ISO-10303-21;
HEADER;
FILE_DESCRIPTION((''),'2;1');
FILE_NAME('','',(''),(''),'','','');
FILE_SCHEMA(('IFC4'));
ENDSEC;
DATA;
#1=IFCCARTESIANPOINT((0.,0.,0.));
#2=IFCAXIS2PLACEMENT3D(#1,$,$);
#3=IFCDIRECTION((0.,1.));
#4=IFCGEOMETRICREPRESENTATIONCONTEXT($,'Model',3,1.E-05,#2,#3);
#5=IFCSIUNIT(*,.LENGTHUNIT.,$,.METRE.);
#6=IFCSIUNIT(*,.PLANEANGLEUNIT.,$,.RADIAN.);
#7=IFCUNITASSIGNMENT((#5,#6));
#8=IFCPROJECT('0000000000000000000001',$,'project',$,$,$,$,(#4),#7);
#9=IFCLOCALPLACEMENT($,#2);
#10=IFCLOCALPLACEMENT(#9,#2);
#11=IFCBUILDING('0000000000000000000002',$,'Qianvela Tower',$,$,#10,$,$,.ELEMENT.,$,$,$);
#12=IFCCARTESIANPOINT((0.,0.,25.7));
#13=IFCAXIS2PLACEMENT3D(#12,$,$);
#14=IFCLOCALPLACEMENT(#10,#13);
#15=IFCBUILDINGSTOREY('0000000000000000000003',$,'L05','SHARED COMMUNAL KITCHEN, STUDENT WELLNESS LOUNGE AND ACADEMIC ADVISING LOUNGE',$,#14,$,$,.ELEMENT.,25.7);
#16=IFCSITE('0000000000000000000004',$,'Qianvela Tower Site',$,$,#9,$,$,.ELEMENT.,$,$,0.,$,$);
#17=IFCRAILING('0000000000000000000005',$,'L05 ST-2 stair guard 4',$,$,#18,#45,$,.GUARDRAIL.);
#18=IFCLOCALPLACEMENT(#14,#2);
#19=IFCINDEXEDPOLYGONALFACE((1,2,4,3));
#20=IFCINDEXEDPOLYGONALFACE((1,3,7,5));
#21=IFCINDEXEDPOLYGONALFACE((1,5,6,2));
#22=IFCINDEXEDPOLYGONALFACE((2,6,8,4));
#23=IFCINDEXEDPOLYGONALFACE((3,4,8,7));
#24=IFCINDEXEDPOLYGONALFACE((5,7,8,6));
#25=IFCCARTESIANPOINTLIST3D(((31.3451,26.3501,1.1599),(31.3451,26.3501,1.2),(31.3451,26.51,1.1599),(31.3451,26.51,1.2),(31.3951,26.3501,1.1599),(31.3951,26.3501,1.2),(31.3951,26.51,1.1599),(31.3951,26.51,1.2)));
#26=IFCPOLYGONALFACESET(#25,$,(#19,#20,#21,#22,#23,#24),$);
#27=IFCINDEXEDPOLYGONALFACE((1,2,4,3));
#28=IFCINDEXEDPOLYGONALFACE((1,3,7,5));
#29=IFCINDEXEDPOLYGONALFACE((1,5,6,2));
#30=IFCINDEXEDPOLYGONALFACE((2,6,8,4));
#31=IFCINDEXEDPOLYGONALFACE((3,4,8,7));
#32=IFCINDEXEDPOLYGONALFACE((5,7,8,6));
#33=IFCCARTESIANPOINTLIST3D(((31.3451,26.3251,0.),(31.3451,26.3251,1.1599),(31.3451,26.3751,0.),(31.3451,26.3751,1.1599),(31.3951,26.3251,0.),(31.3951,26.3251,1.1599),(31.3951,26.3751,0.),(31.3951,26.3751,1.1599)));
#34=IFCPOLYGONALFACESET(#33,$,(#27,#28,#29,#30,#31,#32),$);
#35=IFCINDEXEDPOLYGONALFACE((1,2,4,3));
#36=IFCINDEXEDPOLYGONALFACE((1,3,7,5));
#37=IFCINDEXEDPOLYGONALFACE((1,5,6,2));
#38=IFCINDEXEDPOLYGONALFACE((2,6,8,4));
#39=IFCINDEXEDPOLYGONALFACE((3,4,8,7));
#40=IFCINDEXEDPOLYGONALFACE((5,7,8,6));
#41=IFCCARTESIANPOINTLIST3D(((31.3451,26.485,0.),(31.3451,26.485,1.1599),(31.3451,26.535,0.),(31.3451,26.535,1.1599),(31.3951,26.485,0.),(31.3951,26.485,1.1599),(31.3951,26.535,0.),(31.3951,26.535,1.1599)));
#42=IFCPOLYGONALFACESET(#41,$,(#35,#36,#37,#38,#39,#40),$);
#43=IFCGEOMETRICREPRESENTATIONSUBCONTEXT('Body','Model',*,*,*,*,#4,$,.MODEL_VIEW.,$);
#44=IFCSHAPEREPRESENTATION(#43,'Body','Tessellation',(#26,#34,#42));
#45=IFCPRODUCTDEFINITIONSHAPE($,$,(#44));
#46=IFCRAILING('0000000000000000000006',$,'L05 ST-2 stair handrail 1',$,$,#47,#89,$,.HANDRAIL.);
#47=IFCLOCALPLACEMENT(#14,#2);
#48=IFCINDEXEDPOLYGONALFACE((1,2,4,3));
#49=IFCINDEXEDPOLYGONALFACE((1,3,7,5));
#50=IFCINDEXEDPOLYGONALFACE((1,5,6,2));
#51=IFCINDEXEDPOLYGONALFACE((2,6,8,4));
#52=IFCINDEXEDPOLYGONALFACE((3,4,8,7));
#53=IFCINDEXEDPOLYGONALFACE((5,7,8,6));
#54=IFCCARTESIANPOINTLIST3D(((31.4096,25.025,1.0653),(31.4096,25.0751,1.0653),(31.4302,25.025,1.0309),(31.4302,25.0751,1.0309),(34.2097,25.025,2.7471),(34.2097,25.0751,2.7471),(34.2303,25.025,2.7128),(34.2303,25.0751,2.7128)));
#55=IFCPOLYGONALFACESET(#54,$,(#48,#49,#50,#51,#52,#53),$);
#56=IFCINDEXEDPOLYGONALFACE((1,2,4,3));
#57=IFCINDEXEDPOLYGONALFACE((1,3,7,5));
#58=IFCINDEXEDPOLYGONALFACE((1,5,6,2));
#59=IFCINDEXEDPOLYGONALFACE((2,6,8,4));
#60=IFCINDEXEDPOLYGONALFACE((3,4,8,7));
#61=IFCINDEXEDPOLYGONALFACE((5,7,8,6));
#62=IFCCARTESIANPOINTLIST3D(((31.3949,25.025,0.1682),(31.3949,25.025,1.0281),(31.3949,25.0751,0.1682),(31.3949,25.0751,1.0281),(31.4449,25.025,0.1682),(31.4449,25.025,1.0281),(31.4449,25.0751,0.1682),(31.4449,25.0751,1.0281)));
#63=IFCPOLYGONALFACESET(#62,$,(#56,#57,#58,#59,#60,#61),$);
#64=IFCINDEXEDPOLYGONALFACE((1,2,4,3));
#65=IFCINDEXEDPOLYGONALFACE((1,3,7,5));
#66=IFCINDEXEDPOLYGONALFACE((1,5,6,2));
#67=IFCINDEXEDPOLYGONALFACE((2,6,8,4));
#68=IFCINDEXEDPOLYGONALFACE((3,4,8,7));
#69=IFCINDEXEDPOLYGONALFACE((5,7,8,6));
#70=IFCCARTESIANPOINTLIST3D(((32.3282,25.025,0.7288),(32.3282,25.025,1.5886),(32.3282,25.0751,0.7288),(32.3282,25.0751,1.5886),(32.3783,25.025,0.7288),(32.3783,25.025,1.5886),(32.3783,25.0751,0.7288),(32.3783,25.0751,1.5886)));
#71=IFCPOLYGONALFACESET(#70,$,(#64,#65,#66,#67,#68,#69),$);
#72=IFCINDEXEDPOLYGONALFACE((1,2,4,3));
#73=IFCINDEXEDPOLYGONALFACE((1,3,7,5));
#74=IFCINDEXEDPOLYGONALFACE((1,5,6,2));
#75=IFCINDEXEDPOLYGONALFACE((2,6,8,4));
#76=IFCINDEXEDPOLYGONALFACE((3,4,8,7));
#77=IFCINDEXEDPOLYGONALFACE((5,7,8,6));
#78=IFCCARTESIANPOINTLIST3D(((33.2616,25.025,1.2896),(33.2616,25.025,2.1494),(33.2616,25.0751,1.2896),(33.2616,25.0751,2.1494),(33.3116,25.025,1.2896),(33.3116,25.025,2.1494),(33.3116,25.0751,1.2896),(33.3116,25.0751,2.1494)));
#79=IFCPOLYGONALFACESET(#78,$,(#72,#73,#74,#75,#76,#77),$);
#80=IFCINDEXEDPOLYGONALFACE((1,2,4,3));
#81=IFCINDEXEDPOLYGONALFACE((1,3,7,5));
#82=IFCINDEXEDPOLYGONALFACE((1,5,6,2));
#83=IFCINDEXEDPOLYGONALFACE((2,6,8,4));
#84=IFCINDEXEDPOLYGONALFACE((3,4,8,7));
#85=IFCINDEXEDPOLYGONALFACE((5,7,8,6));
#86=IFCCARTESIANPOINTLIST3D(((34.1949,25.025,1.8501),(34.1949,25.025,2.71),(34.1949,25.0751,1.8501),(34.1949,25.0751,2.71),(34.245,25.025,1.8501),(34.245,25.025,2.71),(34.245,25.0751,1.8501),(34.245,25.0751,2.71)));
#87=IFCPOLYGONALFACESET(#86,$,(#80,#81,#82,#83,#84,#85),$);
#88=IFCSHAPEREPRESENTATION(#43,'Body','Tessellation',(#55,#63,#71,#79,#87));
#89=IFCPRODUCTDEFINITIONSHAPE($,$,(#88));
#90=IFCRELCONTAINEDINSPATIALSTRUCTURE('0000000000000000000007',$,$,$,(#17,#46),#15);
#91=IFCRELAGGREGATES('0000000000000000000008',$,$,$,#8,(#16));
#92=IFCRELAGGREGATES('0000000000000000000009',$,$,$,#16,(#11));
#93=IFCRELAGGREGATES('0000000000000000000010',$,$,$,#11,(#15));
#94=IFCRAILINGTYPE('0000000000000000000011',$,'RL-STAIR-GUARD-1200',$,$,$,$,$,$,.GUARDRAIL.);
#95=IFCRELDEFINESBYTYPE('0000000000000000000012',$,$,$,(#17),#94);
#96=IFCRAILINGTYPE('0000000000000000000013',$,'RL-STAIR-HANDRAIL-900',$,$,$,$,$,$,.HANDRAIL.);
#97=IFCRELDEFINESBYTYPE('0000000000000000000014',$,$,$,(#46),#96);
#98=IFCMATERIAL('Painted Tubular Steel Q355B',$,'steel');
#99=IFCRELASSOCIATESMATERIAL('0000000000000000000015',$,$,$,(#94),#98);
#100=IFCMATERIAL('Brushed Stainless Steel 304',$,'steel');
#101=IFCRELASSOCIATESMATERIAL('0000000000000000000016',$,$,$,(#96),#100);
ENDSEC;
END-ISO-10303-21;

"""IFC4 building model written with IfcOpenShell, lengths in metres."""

from ifc_helpers import new_model, si_unit, direction, frame, origin, origin_2d, place, context, subcontext, project, spatial, rectangle, extrude, material, type_object, element, save


model = new_model("IFC4")

# Units and contexts
model_context = context("Model", 3, precision=1e-05, world=origin(), true_north=direction((0.0, 1.0)))
body_context = subcontext(model_context, "Body", "Model", "MODEL_VIEW")
ifc_project = project(units=[si_unit("LENGTHUNIT", "METRE"), si_unit("PLANEANGLEUNIT", "RADIAN")], contexts=[model_context])

# Site, building, storey
site_placement = place(None, origin())
site = spatial("IfcSite", under=ifc_project, at=site_placement, Name="Qianvela Tower Site", CompositionType="ELEMENT", RefElevation=0.0)
building_placement = place(site_placement, origin())
building = spatial("IfcBuilding", under=site, at=building_placement, Name="Qianvela Tower", CompositionType="ELEMENT")
storey_placement = place(building_placement, frame((0.0, 0.0, 25.7)))
storey = spatial("IfcBuildingStorey", under=building, at=storey_placement, Name="L05", Description="SHARED COMMUNAL KITCHEN, STUDENT WELLNESS LOUNGE AND ACADEMIC ADVISING LOUNGE", CompositionType="ELEMENT", Elevation=25.7)

# Railings
ifc_material_1 = material(Name="Painted Tubular Steel Q355B", Category="steel")
railing_type_1 = type_object("IfcRailingType", Name="RL-STAIR-GUARD-1200", PredefinedType="GUARDRAIL", material=ifc_material_1)
railing_1_placement = place(storey_placement, frame((31.3701, 26.3501, 0.0)))
element("IfcRailing", 1, at=railing_1_placement, inside=storey, type_object=railing_type_1, Name="L05 ST-2 stair guard 4", PredefinedType="GUARDRAIL", context=body_context, shape_type="SweptSolid", body=[
    extrude(rectangle(XDim=0.05, YDim=0.04, at=origin_2d()), frame((0.0, 0.0, 1.1799), z_axis=(0.0, 1.0, 0.0), x_axis=(-1.0, 0.0, 0.0)), (0.0, 0.0, 1.0), 0.1599),
    extrude(rectangle(XDim=0.05, YDim=0.05, at=origin_2d()), origin(), (0.0, 0.0, 1.0), 1.1599),
    extrude(rectangle(XDim=0.05, YDim=0.05, at=origin_2d()), frame((0.0, 0.1599, 0.0)), (0.0, 0.0, 1.0), 1.1599),
])
ifc_material_2 = material(Name="Brushed Stainless Steel 304", Category="steel")
railing_type_2 = type_object("IfcRailingType", Name="RL-STAIR-HANDRAIL-900", PredefinedType="HANDRAIL", material=ifc_material_2)
railing_2_placement = place(storey_placement, frame((31.4199, 25.05, 0.1682)))
element("IfcRailing", 2, at=railing_2_placement, inside=storey, type_object=railing_type_2, Name="L05 ST-2 stair handrail 1", PredefinedType="HANDRAIL", context=body_context, shape_type="SweptSolid", body=[
    extrude(rectangle(XDim=0.05, YDim=0.04, at=origin_2d()), frame((0.0, 0.0, 0.8799), z_axis=(0.857242, 0.0, 0.514913), x_axis=(0.0, 1.0, 0.0)), (0.0, 0.0, 1.0), 3.2664),
    extrude(rectangle(XDim=0.05, YDim=0.05, at=origin_2d()), origin(), (0.0, 0.0, 1.0), 0.8599),
    extrude(rectangle(XDim=0.05, YDim=0.05, at=origin_2d()), frame((0.9333, 0.0, 0.5605)), (0.0, 0.0, 1.0), 0.8599),
    extrude(rectangle(XDim=0.05, YDim=0.05, at=origin_2d()), frame((1.8667, 0.0, 1.1213)), (0.0, 0.0, 1.0), 0.8599),
    extrude(rectangle(XDim=0.05, YDim=0.05, at=origin_2d()), frame((2.8, 0.0, 1.6819)), (0.0, 0.0, 1.0), 0.8599),
])

save(model, "model.ifc")
